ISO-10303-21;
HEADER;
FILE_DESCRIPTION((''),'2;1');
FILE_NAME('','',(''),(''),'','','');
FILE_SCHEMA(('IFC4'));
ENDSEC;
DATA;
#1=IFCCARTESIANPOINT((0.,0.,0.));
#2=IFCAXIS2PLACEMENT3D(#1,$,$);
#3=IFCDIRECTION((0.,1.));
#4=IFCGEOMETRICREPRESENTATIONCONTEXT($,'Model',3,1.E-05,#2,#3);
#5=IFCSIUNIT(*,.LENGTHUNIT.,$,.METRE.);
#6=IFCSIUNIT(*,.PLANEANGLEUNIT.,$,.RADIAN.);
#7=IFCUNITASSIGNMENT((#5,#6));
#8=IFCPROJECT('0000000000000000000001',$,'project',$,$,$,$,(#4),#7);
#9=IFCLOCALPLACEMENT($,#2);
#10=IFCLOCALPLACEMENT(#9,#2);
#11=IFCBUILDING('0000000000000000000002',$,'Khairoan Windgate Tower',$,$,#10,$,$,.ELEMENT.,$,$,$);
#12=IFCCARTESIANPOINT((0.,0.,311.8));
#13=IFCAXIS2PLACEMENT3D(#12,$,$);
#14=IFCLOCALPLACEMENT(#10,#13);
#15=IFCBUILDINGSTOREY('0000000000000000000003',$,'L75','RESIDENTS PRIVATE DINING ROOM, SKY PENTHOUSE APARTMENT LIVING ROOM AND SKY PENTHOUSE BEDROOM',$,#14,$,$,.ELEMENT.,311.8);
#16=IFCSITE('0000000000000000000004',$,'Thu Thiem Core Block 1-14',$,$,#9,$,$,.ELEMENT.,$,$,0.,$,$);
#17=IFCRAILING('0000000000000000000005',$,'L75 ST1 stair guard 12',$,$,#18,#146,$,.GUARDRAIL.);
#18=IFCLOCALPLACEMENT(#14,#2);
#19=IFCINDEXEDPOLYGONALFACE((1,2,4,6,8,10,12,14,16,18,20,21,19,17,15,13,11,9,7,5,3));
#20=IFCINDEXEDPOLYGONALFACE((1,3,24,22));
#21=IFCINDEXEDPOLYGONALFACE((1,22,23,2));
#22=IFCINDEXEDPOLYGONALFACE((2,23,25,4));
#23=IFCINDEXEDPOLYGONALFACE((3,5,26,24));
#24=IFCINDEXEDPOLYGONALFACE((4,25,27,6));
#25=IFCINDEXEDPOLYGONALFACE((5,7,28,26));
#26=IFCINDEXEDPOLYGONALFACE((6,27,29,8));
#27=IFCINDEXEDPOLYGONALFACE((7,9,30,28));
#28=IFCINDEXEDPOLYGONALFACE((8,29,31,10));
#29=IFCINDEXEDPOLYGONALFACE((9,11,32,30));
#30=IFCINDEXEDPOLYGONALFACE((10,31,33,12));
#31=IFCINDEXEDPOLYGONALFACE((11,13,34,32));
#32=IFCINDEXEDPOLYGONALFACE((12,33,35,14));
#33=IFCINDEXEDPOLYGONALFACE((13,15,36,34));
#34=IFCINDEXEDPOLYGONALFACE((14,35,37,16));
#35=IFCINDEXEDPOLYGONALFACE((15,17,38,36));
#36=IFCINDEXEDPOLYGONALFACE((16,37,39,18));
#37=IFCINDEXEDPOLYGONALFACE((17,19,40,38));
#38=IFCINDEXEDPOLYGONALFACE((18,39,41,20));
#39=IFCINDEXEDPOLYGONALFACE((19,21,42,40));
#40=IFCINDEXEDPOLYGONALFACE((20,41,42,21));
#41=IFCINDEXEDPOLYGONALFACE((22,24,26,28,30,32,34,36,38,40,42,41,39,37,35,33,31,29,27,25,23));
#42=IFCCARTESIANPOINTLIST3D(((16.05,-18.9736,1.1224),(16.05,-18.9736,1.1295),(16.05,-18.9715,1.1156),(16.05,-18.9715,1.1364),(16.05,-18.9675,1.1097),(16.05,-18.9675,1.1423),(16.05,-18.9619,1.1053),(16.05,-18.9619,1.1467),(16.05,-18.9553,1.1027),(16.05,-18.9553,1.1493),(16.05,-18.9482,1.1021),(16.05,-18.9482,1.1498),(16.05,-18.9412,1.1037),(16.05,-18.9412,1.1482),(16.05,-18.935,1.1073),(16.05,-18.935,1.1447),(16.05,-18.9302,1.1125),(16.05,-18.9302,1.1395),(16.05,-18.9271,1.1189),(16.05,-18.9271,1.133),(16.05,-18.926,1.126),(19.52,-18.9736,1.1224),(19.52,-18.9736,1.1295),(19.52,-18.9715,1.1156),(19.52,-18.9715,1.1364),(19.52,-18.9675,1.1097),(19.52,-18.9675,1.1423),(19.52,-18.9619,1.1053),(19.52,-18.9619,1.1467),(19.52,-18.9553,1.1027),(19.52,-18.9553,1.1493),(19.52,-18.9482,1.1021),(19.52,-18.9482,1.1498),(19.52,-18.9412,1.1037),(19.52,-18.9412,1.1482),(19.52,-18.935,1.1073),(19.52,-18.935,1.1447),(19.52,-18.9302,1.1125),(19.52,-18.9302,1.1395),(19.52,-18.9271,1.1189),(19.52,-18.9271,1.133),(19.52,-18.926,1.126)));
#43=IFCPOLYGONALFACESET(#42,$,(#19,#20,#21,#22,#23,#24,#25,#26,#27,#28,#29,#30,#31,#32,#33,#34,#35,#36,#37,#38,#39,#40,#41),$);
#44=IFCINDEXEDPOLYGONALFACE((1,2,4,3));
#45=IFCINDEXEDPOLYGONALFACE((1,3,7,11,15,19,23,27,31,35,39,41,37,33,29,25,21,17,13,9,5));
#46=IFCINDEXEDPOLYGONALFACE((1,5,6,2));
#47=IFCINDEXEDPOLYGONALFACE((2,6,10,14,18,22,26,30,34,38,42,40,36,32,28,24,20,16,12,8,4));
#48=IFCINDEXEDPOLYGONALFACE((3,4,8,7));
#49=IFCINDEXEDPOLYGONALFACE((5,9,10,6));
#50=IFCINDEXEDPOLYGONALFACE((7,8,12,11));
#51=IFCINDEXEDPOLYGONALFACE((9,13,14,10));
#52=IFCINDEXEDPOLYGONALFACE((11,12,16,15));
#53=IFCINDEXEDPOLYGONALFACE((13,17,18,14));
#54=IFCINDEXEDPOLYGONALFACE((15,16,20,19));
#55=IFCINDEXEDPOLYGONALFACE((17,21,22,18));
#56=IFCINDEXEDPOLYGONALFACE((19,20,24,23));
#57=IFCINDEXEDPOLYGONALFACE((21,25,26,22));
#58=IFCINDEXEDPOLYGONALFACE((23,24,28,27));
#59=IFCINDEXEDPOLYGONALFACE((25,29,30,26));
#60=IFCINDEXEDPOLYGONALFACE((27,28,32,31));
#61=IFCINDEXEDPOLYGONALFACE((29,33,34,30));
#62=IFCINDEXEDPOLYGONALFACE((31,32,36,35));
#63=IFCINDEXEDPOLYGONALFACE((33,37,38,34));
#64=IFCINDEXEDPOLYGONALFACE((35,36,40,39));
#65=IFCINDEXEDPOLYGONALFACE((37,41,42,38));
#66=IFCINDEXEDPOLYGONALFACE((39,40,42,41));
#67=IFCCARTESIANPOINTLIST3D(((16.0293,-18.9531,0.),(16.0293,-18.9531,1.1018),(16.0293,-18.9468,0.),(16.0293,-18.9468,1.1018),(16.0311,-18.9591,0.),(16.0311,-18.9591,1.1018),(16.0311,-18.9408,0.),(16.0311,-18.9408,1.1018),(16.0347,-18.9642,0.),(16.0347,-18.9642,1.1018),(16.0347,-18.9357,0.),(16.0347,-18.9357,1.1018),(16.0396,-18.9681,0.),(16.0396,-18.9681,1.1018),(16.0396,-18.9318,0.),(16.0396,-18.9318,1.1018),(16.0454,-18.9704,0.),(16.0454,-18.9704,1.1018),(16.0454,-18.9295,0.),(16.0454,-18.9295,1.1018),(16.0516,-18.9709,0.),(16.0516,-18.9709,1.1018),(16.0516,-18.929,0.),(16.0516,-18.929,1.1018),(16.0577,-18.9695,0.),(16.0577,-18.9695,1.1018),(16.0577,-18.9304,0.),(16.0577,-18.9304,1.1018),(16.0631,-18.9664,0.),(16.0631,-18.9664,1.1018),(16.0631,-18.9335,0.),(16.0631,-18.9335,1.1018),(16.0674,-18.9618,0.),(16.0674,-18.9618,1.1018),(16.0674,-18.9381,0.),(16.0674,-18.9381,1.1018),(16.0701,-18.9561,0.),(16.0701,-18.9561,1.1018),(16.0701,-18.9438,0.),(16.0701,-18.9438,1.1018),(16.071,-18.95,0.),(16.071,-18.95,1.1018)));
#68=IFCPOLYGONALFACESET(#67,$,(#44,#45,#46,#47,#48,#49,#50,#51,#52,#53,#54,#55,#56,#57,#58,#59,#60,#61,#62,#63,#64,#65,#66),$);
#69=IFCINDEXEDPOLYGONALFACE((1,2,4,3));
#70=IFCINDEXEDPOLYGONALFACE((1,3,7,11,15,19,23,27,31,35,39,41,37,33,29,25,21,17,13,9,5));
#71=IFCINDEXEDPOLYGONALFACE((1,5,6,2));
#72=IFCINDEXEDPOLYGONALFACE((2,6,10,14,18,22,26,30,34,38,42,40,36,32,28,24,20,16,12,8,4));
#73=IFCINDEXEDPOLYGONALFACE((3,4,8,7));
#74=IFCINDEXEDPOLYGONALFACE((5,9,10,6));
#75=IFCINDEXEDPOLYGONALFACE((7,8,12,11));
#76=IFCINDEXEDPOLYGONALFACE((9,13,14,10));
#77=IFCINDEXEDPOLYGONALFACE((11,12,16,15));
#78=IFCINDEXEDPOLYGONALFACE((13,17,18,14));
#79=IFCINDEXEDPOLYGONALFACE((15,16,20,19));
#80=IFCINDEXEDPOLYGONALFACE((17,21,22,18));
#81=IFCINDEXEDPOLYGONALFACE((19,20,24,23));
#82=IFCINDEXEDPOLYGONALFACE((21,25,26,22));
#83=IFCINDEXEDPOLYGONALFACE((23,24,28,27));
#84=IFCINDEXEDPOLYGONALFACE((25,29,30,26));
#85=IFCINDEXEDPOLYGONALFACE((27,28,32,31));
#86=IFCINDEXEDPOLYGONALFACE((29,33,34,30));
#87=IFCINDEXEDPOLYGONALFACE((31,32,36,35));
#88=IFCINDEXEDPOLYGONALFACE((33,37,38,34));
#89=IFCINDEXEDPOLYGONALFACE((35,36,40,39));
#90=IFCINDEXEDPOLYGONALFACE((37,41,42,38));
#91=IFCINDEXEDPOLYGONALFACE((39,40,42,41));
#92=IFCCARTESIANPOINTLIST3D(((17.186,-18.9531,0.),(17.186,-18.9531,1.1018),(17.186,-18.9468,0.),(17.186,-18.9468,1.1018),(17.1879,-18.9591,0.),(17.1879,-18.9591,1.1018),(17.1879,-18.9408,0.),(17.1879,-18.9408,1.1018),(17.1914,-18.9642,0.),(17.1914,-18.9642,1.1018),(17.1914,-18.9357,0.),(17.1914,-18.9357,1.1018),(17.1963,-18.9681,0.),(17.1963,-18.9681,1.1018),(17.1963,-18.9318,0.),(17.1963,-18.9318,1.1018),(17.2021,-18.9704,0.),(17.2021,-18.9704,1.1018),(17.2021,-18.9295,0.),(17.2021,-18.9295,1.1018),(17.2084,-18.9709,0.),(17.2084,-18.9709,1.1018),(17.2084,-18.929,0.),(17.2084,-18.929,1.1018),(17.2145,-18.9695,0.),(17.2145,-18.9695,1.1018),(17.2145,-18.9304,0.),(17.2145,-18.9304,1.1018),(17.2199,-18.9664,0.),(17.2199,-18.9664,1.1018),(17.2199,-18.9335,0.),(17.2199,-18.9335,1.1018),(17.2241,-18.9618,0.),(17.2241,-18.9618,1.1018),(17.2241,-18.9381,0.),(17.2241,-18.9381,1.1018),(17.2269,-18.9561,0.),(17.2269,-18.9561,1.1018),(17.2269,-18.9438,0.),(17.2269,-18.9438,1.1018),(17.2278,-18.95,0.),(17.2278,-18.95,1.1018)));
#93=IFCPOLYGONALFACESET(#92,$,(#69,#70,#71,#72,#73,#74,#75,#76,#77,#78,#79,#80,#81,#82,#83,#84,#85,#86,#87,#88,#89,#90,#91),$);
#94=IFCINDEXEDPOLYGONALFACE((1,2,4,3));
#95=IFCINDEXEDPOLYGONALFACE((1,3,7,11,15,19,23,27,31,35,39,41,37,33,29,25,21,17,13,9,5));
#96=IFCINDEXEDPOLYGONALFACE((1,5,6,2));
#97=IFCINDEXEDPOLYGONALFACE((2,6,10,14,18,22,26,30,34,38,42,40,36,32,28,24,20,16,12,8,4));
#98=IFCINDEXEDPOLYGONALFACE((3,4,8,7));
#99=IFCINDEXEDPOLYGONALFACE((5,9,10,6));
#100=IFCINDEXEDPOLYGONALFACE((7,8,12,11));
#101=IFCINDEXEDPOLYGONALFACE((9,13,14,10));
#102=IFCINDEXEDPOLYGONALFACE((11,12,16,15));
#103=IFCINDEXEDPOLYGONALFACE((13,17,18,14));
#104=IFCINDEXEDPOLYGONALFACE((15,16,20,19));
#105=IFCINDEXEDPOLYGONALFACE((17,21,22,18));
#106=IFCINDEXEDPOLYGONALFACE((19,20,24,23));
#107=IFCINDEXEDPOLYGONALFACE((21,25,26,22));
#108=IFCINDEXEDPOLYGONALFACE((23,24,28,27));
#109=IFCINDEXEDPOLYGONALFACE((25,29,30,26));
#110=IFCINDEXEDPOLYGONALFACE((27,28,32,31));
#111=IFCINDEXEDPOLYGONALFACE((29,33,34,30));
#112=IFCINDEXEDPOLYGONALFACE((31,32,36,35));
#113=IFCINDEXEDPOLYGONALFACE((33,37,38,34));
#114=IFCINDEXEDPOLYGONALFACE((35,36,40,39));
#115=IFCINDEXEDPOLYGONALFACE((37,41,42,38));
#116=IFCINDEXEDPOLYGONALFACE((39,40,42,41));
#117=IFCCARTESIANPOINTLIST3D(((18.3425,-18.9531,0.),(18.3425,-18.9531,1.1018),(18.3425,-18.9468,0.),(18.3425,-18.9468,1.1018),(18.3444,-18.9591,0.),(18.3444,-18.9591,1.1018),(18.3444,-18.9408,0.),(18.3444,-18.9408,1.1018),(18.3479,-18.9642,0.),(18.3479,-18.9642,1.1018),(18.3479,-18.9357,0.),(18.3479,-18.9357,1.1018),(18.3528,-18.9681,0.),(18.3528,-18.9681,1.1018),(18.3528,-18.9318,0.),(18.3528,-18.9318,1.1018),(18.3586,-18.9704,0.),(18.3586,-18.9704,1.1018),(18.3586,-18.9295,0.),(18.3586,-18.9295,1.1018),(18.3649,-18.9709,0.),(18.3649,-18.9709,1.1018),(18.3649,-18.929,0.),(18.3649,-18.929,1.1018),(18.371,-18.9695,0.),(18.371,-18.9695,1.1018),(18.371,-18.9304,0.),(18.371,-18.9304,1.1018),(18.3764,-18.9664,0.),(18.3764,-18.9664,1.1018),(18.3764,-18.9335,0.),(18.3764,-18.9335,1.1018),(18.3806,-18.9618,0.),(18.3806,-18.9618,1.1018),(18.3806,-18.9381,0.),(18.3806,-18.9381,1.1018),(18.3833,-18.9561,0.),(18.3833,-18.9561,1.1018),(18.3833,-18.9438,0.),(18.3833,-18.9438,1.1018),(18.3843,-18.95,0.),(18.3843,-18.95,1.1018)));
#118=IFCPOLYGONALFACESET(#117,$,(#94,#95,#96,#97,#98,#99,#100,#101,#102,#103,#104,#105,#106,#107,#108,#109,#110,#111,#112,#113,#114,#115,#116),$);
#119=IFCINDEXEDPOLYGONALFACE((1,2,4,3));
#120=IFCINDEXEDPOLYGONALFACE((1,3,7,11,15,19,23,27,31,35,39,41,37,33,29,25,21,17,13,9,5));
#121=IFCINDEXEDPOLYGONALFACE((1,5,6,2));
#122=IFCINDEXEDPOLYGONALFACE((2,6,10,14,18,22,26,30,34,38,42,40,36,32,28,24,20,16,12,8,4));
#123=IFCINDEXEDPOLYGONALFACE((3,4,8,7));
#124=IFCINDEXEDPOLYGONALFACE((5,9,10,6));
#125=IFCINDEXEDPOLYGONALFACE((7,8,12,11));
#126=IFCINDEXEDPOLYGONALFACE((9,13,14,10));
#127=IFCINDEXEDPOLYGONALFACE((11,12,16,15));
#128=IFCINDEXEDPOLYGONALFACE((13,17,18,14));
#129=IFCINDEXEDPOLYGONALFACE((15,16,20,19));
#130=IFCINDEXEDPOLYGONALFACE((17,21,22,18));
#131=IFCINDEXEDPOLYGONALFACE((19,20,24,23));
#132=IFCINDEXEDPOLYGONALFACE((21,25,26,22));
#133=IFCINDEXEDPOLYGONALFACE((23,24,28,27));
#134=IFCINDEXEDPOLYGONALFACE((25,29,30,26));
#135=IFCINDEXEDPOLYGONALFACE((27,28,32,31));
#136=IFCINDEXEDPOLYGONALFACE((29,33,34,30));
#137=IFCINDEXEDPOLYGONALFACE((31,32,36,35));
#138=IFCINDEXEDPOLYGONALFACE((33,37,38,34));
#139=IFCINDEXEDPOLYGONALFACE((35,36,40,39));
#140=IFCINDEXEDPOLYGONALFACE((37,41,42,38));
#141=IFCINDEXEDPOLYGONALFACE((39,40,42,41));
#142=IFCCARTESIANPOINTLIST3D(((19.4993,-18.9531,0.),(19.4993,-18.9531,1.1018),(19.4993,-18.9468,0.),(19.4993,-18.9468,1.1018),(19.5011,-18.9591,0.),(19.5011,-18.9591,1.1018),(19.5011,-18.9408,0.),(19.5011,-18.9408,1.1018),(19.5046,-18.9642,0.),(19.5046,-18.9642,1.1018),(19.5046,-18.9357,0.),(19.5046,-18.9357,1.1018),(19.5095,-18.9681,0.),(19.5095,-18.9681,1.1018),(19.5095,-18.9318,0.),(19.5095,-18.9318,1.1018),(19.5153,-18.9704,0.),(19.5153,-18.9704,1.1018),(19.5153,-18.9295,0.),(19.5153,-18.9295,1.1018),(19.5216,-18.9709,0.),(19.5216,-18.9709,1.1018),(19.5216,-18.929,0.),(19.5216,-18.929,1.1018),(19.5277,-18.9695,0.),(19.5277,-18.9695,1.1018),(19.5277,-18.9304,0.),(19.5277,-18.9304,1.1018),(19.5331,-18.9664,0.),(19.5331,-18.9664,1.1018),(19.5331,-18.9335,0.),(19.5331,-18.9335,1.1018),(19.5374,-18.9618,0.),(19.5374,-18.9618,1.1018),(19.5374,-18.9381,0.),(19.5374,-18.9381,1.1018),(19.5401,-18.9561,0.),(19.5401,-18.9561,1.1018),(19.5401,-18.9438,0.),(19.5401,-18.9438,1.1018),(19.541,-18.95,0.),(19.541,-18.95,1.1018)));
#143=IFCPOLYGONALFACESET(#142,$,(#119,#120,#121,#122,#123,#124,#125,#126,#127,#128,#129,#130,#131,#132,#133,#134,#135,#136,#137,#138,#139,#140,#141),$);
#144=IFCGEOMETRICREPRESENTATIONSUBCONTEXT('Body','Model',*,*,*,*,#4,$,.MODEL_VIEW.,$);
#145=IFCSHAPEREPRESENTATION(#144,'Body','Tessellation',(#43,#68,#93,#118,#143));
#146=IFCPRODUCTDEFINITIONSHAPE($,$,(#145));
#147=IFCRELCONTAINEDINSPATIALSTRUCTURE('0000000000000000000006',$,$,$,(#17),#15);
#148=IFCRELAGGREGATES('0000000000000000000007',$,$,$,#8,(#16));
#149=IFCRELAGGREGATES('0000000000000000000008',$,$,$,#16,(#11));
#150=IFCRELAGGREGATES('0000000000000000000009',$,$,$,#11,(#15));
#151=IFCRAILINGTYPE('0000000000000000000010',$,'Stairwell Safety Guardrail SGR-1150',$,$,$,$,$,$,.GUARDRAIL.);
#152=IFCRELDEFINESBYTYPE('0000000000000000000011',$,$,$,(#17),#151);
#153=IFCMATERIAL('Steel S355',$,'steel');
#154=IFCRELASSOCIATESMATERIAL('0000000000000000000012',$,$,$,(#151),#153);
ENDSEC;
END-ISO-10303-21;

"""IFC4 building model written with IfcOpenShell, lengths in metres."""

from ifc_helpers import new_model, si_unit, direction, frame, origin, origin_2d, place, context, subcontext, project, spatial, circle, extrude, material, type_object, element, save


model = new_model("IFC4")

# Units and contexts
model_context = context("Model", 3, precision=1e-05, world=origin(), true_north=direction((0.0, 1.0)))
body_context = subcontext(model_context, "Body", "Model", "MODEL_VIEW")
ifc_project = project(units=[si_unit("LENGTHUNIT", "METRE"), si_unit("PLANEANGLEUNIT", "RADIAN")], contexts=[model_context])

# Site, building, storey
site_placement = place(None, origin())
site = spatial("IfcSite", under=ifc_project, at=site_placement, Name="Thu Thiem Core Block 1-14", CompositionType="ELEMENT", RefElevation=0.0)
building_placement = place(site_placement, origin())
building = spatial("IfcBuilding", under=site, at=building_placement, Name="Khairoan Windgate Tower", CompositionType="ELEMENT")
storey_placement = place(building_placement, frame((0.0, 0.0, 311.8)))
storey = spatial("IfcBuildingStorey", under=building, at=storey_placement, Name="L75", Description="RESIDENTS PRIVATE DINING ROOM, SKY PENTHOUSE APARTMENT LIVING ROOM AND SKY PENTHOUSE BEDROOM", CompositionType="ELEMENT", Elevation=311.8)

# Railing
ifc_material_1 = material(Name="Steel S355", Category="steel")
railing_type = type_object("IfcRailingType", Name="Stairwell Safety Guardrail SGR-1150", PredefinedType="GUARDRAIL", material=ifc_material_1)
railing_1_placement = place(storey_placement, frame((16.05, -18.95, 0.0)))
element("IfcRailing", 1, at=railing_1_placement, inside=storey, type_object=railing_type, Name="L75 ST1 stair guard 12", PredefinedType="GUARDRAIL", context=body_context, shape_type="SweptSolid", body=[
    extrude(circle(Radius=0.0239, at=origin_2d()), frame((0.0, 0.0, 1.126), z_axis=(1.0, 0.0, 0.0), x_axis=(0.0, 1.0, 0.0)), (0.0, 0.0, 1.0), 3.47),
    extrude(circle(Radius=0.021, at=origin_2d()), origin(), (0.0, 0.0, 1.0), 1.1018),
    extrude(circle(Radius=0.021, at=origin_2d()), frame((1.1567, 0.0, 0.0)), (0.0, 0.0, 1.0), 1.1018),
    extrude(circle(Radius=0.021, at=origin_2d()), frame((2.3132, 0.0, 0.0)), (0.0, 0.0, 1.0), 1.1018),
    extrude(circle(Radius=0.021, at=origin_2d()), frame((3.47, 0.0, 0.0)), (0.0, 0.0, 1.0), 1.1018),
])

save(model, "model.ifc")
